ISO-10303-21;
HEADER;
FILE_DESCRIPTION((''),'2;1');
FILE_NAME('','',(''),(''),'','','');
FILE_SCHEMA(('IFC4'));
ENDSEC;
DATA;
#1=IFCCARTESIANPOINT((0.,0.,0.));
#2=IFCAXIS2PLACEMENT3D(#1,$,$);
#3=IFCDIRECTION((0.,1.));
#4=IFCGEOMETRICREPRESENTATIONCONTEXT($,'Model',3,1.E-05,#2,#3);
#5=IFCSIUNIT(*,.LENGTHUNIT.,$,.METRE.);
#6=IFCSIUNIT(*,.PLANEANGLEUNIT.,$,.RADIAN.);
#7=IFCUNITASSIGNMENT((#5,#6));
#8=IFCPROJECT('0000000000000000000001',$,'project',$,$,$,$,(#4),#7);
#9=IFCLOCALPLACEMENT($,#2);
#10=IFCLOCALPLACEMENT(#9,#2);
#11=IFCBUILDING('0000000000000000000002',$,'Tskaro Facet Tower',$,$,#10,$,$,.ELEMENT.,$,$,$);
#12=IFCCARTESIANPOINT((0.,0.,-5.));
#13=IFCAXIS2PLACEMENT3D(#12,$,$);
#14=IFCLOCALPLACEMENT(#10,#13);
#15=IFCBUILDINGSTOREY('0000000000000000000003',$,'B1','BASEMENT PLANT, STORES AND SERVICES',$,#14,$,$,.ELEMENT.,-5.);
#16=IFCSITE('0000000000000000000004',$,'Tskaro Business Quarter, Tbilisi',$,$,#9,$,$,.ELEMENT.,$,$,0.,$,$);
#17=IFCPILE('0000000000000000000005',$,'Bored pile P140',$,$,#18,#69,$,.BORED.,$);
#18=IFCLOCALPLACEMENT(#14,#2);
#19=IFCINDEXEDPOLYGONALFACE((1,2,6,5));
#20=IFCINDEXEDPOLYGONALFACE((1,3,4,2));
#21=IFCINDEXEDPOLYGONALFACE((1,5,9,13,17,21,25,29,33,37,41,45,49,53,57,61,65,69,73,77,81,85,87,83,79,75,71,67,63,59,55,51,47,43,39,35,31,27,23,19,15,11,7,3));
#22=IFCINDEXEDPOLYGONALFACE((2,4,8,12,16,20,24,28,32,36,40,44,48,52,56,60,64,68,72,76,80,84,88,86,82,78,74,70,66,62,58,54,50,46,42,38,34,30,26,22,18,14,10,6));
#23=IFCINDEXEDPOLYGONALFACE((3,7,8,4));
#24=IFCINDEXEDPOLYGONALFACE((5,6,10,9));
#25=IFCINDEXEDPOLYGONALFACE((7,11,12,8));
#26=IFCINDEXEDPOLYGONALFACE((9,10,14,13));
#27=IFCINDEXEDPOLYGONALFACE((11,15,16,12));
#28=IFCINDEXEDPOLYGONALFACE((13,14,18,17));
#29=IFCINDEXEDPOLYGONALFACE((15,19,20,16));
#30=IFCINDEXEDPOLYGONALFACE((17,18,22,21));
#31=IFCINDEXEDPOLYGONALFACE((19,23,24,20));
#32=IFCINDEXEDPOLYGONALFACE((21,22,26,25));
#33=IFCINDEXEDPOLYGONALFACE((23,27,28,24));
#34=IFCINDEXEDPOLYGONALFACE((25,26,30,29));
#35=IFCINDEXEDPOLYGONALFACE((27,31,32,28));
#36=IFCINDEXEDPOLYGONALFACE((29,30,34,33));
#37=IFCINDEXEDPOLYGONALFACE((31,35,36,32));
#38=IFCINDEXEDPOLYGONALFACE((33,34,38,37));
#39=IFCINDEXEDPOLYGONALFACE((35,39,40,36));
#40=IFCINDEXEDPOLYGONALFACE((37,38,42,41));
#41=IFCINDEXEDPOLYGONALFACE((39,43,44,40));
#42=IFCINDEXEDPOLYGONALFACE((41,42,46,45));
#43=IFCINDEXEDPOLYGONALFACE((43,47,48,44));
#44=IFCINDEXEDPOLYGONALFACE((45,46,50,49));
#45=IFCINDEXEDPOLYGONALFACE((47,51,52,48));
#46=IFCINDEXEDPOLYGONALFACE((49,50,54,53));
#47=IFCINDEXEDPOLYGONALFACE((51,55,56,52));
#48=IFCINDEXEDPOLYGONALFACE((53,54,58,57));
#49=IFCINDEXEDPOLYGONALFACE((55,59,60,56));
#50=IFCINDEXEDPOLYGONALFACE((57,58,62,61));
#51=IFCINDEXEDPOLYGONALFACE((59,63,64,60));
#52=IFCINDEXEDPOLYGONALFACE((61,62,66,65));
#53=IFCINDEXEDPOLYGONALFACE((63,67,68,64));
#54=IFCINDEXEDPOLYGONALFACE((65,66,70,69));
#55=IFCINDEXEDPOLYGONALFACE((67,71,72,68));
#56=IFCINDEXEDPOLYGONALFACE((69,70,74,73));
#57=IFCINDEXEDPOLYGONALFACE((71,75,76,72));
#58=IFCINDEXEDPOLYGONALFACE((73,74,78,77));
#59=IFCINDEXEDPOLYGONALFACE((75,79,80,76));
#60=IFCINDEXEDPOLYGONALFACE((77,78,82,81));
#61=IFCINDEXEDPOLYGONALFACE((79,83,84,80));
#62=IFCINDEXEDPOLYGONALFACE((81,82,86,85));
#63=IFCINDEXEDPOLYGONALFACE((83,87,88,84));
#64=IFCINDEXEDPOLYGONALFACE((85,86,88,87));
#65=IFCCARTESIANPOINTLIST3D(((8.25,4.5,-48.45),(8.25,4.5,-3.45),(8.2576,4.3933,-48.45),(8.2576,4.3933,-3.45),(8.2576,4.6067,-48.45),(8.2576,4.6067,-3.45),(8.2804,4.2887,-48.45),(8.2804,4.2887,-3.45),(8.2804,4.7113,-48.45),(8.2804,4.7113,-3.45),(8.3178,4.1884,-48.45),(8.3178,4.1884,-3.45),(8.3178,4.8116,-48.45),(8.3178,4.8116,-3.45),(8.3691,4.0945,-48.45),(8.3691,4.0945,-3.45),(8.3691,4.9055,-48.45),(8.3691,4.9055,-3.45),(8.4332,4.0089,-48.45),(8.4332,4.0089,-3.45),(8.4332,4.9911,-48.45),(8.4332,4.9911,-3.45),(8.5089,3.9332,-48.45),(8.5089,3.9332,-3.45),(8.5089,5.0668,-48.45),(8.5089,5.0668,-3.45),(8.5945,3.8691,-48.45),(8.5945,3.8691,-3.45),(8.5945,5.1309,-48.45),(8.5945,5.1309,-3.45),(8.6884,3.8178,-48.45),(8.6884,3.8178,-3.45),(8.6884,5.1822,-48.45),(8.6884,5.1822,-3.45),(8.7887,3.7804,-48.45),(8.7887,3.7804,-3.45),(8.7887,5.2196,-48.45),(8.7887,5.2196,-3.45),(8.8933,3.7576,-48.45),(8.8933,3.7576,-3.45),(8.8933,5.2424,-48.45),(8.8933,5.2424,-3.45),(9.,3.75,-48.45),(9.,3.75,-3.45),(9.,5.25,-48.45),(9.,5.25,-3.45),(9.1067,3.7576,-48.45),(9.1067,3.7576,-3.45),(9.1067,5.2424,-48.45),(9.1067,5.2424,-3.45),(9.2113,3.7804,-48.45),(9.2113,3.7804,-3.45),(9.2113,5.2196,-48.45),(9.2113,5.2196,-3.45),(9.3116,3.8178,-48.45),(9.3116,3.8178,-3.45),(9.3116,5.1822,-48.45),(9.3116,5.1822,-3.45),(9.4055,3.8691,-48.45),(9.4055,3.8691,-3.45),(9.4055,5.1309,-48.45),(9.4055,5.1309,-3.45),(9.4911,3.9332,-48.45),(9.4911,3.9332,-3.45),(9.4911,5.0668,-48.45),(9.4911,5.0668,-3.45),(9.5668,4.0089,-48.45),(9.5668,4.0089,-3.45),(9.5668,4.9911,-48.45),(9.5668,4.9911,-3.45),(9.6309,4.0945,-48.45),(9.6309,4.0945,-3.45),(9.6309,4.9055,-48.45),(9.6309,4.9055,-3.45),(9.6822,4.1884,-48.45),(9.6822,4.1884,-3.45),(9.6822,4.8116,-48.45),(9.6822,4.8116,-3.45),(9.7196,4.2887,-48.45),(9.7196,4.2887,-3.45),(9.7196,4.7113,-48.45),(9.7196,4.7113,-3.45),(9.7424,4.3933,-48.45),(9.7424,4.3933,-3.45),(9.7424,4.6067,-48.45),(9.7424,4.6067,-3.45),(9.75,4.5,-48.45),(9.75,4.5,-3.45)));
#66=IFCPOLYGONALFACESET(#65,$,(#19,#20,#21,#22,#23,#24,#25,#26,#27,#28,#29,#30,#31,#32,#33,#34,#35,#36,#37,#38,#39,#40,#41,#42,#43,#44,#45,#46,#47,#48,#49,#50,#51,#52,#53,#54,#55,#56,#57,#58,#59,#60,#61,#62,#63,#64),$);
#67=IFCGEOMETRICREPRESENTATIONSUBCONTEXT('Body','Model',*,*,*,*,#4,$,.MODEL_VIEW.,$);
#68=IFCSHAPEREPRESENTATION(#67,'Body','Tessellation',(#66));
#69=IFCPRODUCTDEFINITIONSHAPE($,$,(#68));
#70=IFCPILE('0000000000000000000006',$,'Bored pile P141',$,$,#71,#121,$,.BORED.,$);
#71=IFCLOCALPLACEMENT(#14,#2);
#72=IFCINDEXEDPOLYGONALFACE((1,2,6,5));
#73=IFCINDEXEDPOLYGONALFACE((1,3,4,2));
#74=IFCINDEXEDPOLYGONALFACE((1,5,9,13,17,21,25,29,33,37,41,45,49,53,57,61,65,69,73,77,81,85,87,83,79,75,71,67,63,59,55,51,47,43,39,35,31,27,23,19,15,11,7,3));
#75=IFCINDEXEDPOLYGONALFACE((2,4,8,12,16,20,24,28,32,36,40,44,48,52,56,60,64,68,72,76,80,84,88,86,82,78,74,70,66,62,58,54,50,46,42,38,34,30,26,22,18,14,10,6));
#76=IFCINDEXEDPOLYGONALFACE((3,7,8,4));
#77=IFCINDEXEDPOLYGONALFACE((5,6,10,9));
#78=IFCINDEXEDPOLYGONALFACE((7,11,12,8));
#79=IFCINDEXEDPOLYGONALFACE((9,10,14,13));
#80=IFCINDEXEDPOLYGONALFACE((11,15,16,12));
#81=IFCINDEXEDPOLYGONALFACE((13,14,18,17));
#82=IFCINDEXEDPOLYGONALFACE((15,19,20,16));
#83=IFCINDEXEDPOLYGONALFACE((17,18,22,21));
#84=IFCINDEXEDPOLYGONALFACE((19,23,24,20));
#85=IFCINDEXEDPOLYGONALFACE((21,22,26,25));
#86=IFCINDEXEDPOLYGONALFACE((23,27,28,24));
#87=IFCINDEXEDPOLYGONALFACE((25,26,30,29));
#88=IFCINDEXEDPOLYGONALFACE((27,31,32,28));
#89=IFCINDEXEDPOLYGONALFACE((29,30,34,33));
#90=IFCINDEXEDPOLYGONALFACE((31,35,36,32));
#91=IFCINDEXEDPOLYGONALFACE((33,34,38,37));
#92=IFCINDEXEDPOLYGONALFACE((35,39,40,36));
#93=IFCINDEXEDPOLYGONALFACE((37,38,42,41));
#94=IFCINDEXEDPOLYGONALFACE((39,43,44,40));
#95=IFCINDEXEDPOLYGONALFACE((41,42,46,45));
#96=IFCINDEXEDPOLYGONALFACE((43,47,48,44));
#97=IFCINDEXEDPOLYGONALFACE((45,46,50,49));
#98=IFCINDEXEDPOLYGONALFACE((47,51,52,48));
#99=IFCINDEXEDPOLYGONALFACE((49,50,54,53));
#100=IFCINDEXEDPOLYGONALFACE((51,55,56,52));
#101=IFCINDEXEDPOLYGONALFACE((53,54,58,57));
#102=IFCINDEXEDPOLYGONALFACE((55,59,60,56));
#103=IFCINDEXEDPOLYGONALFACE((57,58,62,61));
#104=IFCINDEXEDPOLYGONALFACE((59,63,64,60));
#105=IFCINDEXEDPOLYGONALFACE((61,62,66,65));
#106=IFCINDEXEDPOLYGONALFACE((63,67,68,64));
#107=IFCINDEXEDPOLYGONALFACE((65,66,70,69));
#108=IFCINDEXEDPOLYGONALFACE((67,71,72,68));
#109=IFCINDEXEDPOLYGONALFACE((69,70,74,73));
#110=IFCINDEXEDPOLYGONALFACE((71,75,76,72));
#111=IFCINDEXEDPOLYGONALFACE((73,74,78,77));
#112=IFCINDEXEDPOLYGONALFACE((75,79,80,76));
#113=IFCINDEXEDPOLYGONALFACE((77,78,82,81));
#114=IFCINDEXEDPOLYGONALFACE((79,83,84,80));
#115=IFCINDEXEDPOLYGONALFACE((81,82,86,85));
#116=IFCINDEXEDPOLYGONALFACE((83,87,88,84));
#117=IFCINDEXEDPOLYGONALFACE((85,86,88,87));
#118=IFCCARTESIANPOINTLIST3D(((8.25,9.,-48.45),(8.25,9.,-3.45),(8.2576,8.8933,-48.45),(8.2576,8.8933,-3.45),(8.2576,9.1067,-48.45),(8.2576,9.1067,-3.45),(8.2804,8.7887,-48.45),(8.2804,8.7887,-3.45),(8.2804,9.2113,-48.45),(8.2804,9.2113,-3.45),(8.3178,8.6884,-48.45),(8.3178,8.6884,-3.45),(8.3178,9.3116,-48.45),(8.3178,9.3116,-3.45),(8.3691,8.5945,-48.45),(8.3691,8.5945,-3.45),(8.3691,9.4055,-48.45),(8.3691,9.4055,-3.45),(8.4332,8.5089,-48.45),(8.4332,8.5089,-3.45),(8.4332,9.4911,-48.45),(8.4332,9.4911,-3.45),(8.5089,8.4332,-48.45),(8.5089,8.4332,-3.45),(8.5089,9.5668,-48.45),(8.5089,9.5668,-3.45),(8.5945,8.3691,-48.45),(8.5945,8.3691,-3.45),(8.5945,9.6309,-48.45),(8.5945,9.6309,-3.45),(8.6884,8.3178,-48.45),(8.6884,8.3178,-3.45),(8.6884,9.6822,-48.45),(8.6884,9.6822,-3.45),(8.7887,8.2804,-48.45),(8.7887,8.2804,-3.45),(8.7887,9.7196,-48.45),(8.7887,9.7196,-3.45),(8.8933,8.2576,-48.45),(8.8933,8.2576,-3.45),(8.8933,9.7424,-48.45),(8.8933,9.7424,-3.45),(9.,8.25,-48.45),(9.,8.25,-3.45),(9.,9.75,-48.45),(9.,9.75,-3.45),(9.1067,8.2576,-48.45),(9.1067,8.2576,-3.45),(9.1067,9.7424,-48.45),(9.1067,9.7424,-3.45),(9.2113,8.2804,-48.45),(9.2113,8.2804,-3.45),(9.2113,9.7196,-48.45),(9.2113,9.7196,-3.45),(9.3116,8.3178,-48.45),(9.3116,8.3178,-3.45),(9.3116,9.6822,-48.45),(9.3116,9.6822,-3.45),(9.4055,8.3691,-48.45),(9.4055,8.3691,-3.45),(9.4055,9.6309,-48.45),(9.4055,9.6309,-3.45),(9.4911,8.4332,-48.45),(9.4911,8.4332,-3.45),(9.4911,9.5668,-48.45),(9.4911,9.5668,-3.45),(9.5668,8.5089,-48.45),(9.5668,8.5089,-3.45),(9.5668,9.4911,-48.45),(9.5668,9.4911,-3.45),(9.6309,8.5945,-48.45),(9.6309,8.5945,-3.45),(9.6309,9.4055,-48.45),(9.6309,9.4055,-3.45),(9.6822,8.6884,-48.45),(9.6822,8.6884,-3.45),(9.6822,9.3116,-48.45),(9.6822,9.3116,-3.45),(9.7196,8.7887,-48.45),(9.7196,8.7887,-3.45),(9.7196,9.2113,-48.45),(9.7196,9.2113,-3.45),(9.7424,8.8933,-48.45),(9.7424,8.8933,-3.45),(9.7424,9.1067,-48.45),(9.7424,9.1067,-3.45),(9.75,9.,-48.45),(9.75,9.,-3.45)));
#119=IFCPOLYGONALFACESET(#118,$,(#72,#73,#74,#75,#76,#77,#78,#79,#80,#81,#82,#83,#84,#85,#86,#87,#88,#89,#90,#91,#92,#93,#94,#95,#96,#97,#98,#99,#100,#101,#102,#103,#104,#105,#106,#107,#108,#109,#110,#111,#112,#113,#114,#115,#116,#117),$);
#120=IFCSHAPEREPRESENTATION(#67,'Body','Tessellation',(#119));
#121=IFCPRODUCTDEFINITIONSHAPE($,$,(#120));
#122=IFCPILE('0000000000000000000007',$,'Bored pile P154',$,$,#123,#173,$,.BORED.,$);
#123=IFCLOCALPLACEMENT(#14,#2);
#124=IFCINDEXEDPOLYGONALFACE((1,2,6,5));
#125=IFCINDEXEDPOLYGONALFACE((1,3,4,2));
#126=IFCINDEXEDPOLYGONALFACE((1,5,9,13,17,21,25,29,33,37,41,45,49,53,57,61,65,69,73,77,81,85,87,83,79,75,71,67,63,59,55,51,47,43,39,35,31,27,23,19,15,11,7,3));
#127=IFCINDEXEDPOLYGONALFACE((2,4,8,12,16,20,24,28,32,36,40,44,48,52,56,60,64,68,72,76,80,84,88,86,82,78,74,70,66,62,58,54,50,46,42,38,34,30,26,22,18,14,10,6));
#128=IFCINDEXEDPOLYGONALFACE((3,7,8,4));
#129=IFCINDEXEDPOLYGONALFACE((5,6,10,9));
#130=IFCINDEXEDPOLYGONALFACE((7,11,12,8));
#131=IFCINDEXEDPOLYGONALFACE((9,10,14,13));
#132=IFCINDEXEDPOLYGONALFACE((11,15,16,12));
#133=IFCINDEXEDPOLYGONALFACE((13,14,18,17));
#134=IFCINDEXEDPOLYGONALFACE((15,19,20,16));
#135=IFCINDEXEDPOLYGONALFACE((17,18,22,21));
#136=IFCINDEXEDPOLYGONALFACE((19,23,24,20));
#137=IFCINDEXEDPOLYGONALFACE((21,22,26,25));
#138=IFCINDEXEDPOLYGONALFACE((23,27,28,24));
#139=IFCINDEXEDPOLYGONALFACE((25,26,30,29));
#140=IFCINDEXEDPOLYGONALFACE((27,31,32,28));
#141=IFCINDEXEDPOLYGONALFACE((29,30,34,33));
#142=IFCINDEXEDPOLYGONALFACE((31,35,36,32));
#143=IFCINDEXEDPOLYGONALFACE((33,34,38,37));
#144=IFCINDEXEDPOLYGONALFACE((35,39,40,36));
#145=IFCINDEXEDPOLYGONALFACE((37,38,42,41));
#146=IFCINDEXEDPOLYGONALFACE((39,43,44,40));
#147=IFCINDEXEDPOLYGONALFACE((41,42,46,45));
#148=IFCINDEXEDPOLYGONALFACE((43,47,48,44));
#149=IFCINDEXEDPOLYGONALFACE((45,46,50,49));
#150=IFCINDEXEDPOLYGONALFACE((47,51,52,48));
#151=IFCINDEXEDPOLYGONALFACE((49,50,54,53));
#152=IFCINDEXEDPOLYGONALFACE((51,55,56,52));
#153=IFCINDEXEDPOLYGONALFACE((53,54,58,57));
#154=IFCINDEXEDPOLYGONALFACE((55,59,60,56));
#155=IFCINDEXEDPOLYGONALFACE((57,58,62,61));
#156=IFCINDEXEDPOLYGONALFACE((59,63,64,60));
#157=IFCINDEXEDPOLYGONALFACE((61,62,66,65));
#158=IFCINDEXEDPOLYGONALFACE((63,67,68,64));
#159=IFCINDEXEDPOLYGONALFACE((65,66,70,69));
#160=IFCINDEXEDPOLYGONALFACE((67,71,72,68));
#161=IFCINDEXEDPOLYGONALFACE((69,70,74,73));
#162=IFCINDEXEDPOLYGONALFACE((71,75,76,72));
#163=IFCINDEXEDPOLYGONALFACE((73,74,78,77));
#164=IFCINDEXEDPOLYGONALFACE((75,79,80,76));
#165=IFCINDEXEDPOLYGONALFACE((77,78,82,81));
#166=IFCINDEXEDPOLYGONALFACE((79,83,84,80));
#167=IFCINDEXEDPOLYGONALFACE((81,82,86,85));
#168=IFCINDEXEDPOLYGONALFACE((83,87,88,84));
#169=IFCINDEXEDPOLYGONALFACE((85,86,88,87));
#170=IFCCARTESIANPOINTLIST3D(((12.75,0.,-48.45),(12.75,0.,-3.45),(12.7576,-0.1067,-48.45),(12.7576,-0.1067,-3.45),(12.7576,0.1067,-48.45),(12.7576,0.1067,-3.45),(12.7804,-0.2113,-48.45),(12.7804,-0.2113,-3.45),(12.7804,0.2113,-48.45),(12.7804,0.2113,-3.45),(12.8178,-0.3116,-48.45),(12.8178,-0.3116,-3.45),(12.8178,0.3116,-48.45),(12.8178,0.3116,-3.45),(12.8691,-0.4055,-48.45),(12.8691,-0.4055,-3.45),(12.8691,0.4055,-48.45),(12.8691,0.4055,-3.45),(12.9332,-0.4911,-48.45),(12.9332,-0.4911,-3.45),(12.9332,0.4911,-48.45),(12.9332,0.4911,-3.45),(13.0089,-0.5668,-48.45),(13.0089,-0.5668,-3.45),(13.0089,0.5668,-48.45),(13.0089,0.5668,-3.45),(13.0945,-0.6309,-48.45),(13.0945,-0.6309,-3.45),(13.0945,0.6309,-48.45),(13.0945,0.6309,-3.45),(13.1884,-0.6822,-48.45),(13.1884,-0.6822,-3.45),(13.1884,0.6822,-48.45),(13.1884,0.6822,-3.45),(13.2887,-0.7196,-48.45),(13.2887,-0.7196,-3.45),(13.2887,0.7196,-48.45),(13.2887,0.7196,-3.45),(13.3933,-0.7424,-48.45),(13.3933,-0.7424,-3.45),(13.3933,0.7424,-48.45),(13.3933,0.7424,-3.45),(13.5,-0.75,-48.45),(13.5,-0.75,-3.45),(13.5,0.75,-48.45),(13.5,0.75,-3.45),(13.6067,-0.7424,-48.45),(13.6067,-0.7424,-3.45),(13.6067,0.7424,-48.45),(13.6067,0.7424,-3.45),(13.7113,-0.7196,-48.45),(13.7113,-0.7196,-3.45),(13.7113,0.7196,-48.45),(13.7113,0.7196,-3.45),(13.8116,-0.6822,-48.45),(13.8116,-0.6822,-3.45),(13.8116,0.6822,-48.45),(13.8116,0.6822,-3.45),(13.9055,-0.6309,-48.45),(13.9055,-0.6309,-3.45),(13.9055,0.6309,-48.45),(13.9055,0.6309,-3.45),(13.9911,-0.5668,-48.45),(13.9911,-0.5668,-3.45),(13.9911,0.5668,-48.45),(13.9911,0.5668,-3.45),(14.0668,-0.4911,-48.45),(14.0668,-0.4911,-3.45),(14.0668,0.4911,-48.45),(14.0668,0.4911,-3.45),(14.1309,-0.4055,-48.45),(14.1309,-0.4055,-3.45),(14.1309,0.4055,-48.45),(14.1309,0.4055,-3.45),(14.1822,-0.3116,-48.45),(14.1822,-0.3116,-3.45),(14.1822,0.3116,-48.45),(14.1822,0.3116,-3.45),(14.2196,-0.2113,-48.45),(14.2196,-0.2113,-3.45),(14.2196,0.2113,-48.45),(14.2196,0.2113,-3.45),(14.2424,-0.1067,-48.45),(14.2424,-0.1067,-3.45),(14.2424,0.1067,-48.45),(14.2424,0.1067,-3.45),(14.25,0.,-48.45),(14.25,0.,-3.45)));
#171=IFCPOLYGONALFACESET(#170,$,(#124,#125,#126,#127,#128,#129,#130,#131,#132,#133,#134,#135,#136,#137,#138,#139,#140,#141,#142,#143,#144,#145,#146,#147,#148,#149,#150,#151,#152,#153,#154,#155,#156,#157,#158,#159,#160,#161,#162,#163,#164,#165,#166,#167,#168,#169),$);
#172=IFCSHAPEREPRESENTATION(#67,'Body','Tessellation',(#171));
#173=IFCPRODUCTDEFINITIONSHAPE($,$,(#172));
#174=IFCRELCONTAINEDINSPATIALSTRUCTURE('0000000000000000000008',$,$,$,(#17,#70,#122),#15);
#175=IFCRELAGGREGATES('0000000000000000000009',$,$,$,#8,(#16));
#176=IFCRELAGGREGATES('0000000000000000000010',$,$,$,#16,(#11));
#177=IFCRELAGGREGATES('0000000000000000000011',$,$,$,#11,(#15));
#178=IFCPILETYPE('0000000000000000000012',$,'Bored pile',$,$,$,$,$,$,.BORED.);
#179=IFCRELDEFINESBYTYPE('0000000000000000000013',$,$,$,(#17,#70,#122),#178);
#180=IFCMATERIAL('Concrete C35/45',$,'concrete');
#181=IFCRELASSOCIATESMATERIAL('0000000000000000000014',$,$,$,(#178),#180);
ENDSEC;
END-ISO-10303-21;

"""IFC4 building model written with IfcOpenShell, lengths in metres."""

from ifc_helpers import new_model, si_unit, direction, frame, origin, origin_2d, place, context, subcontext, project, spatial, circle, extrude, material, material_profile, profile_set, type_object, element, save


model = new_model("IFC4")

# Units and contexts
model_context = context("Model", 3, precision=1e-05, world=origin(), true_north=direction((0.0, 1.0)))
body_context = subcontext(model_context, "Body", "Model", "MODEL_VIEW")
ifc_project = project(units=[si_unit("LENGTHUNIT", "METRE"), si_unit("PLANEANGLEUNIT", "RADIAN")], contexts=[model_context])

# Site, building, storey
site_placement = place(None, origin())
site = spatial("IfcSite", under=ifc_project, at=site_placement, Name="Tskaro Business Quarter, Tbilisi", CompositionType="ELEMENT", RefElevation=0.0)
building_placement = place(site_placement, origin())
building = spatial("IfcBuilding", under=site, at=building_placement, Name="Tskaro Facet Tower", CompositionType="ELEMENT")
storey_placement = place(building_placement, frame((0.0, 0.0, -5.0)))
storey = spatial("IfcBuildingStorey", under=building, at=storey_placement, Name="B1", Description="BASEMENT PLANT, STORES AND SERVICES", CompositionType="ELEMENT", Elevation=-5.0)

# Piles
ifc_material_1 = material(Name="Concrete C35/45", Category="concrete")
ifc_material_profile_1 = material_profile(ifc_material_1, circle(Radius=0.75, at=origin_2d()), Name="Bored pile")
ifc_profile_set_1 = profile_set([ifc_material_profile_1], Name="Concrete C35/45")
pile_type = type_object("IfcPileType", Name="Bored pile", PredefinedType="BORED", material=ifc_profile_set_1)
for number, where, z_axis, x_axis, name in (
    (1, (9.0, 4.5, -3.45), (0.0, 0.0, -1.0), (1.0, 0.0, 0.0), "Bored pile P140"),
    (2, (9.0, 9.0, -3.45), (0.0, 0.0, -1.0), (1.0, 0.0, 0.0), "Bored pile P141"),
    (3, (13.5, 0.0, -3.45), (0.0, 0.0, -1.0), (1.0, 0.0, 0.0), "Bored pile P154"),
):
    element("IfcPile", number, at=place(storey_placement, frame(where, z_axis=z_axis, x_axis=x_axis)), inside=storey, type_object=pile_type, Name=name, PredefinedType="BORED", context=body_context, shape_type="SweptSolid", body=[
        extrude(circle(Radius=0.75, at=origin_2d()), origin(), (0.0, 0.0, 1.0), 45.0),
    ])

save(model, "model.ifc")
